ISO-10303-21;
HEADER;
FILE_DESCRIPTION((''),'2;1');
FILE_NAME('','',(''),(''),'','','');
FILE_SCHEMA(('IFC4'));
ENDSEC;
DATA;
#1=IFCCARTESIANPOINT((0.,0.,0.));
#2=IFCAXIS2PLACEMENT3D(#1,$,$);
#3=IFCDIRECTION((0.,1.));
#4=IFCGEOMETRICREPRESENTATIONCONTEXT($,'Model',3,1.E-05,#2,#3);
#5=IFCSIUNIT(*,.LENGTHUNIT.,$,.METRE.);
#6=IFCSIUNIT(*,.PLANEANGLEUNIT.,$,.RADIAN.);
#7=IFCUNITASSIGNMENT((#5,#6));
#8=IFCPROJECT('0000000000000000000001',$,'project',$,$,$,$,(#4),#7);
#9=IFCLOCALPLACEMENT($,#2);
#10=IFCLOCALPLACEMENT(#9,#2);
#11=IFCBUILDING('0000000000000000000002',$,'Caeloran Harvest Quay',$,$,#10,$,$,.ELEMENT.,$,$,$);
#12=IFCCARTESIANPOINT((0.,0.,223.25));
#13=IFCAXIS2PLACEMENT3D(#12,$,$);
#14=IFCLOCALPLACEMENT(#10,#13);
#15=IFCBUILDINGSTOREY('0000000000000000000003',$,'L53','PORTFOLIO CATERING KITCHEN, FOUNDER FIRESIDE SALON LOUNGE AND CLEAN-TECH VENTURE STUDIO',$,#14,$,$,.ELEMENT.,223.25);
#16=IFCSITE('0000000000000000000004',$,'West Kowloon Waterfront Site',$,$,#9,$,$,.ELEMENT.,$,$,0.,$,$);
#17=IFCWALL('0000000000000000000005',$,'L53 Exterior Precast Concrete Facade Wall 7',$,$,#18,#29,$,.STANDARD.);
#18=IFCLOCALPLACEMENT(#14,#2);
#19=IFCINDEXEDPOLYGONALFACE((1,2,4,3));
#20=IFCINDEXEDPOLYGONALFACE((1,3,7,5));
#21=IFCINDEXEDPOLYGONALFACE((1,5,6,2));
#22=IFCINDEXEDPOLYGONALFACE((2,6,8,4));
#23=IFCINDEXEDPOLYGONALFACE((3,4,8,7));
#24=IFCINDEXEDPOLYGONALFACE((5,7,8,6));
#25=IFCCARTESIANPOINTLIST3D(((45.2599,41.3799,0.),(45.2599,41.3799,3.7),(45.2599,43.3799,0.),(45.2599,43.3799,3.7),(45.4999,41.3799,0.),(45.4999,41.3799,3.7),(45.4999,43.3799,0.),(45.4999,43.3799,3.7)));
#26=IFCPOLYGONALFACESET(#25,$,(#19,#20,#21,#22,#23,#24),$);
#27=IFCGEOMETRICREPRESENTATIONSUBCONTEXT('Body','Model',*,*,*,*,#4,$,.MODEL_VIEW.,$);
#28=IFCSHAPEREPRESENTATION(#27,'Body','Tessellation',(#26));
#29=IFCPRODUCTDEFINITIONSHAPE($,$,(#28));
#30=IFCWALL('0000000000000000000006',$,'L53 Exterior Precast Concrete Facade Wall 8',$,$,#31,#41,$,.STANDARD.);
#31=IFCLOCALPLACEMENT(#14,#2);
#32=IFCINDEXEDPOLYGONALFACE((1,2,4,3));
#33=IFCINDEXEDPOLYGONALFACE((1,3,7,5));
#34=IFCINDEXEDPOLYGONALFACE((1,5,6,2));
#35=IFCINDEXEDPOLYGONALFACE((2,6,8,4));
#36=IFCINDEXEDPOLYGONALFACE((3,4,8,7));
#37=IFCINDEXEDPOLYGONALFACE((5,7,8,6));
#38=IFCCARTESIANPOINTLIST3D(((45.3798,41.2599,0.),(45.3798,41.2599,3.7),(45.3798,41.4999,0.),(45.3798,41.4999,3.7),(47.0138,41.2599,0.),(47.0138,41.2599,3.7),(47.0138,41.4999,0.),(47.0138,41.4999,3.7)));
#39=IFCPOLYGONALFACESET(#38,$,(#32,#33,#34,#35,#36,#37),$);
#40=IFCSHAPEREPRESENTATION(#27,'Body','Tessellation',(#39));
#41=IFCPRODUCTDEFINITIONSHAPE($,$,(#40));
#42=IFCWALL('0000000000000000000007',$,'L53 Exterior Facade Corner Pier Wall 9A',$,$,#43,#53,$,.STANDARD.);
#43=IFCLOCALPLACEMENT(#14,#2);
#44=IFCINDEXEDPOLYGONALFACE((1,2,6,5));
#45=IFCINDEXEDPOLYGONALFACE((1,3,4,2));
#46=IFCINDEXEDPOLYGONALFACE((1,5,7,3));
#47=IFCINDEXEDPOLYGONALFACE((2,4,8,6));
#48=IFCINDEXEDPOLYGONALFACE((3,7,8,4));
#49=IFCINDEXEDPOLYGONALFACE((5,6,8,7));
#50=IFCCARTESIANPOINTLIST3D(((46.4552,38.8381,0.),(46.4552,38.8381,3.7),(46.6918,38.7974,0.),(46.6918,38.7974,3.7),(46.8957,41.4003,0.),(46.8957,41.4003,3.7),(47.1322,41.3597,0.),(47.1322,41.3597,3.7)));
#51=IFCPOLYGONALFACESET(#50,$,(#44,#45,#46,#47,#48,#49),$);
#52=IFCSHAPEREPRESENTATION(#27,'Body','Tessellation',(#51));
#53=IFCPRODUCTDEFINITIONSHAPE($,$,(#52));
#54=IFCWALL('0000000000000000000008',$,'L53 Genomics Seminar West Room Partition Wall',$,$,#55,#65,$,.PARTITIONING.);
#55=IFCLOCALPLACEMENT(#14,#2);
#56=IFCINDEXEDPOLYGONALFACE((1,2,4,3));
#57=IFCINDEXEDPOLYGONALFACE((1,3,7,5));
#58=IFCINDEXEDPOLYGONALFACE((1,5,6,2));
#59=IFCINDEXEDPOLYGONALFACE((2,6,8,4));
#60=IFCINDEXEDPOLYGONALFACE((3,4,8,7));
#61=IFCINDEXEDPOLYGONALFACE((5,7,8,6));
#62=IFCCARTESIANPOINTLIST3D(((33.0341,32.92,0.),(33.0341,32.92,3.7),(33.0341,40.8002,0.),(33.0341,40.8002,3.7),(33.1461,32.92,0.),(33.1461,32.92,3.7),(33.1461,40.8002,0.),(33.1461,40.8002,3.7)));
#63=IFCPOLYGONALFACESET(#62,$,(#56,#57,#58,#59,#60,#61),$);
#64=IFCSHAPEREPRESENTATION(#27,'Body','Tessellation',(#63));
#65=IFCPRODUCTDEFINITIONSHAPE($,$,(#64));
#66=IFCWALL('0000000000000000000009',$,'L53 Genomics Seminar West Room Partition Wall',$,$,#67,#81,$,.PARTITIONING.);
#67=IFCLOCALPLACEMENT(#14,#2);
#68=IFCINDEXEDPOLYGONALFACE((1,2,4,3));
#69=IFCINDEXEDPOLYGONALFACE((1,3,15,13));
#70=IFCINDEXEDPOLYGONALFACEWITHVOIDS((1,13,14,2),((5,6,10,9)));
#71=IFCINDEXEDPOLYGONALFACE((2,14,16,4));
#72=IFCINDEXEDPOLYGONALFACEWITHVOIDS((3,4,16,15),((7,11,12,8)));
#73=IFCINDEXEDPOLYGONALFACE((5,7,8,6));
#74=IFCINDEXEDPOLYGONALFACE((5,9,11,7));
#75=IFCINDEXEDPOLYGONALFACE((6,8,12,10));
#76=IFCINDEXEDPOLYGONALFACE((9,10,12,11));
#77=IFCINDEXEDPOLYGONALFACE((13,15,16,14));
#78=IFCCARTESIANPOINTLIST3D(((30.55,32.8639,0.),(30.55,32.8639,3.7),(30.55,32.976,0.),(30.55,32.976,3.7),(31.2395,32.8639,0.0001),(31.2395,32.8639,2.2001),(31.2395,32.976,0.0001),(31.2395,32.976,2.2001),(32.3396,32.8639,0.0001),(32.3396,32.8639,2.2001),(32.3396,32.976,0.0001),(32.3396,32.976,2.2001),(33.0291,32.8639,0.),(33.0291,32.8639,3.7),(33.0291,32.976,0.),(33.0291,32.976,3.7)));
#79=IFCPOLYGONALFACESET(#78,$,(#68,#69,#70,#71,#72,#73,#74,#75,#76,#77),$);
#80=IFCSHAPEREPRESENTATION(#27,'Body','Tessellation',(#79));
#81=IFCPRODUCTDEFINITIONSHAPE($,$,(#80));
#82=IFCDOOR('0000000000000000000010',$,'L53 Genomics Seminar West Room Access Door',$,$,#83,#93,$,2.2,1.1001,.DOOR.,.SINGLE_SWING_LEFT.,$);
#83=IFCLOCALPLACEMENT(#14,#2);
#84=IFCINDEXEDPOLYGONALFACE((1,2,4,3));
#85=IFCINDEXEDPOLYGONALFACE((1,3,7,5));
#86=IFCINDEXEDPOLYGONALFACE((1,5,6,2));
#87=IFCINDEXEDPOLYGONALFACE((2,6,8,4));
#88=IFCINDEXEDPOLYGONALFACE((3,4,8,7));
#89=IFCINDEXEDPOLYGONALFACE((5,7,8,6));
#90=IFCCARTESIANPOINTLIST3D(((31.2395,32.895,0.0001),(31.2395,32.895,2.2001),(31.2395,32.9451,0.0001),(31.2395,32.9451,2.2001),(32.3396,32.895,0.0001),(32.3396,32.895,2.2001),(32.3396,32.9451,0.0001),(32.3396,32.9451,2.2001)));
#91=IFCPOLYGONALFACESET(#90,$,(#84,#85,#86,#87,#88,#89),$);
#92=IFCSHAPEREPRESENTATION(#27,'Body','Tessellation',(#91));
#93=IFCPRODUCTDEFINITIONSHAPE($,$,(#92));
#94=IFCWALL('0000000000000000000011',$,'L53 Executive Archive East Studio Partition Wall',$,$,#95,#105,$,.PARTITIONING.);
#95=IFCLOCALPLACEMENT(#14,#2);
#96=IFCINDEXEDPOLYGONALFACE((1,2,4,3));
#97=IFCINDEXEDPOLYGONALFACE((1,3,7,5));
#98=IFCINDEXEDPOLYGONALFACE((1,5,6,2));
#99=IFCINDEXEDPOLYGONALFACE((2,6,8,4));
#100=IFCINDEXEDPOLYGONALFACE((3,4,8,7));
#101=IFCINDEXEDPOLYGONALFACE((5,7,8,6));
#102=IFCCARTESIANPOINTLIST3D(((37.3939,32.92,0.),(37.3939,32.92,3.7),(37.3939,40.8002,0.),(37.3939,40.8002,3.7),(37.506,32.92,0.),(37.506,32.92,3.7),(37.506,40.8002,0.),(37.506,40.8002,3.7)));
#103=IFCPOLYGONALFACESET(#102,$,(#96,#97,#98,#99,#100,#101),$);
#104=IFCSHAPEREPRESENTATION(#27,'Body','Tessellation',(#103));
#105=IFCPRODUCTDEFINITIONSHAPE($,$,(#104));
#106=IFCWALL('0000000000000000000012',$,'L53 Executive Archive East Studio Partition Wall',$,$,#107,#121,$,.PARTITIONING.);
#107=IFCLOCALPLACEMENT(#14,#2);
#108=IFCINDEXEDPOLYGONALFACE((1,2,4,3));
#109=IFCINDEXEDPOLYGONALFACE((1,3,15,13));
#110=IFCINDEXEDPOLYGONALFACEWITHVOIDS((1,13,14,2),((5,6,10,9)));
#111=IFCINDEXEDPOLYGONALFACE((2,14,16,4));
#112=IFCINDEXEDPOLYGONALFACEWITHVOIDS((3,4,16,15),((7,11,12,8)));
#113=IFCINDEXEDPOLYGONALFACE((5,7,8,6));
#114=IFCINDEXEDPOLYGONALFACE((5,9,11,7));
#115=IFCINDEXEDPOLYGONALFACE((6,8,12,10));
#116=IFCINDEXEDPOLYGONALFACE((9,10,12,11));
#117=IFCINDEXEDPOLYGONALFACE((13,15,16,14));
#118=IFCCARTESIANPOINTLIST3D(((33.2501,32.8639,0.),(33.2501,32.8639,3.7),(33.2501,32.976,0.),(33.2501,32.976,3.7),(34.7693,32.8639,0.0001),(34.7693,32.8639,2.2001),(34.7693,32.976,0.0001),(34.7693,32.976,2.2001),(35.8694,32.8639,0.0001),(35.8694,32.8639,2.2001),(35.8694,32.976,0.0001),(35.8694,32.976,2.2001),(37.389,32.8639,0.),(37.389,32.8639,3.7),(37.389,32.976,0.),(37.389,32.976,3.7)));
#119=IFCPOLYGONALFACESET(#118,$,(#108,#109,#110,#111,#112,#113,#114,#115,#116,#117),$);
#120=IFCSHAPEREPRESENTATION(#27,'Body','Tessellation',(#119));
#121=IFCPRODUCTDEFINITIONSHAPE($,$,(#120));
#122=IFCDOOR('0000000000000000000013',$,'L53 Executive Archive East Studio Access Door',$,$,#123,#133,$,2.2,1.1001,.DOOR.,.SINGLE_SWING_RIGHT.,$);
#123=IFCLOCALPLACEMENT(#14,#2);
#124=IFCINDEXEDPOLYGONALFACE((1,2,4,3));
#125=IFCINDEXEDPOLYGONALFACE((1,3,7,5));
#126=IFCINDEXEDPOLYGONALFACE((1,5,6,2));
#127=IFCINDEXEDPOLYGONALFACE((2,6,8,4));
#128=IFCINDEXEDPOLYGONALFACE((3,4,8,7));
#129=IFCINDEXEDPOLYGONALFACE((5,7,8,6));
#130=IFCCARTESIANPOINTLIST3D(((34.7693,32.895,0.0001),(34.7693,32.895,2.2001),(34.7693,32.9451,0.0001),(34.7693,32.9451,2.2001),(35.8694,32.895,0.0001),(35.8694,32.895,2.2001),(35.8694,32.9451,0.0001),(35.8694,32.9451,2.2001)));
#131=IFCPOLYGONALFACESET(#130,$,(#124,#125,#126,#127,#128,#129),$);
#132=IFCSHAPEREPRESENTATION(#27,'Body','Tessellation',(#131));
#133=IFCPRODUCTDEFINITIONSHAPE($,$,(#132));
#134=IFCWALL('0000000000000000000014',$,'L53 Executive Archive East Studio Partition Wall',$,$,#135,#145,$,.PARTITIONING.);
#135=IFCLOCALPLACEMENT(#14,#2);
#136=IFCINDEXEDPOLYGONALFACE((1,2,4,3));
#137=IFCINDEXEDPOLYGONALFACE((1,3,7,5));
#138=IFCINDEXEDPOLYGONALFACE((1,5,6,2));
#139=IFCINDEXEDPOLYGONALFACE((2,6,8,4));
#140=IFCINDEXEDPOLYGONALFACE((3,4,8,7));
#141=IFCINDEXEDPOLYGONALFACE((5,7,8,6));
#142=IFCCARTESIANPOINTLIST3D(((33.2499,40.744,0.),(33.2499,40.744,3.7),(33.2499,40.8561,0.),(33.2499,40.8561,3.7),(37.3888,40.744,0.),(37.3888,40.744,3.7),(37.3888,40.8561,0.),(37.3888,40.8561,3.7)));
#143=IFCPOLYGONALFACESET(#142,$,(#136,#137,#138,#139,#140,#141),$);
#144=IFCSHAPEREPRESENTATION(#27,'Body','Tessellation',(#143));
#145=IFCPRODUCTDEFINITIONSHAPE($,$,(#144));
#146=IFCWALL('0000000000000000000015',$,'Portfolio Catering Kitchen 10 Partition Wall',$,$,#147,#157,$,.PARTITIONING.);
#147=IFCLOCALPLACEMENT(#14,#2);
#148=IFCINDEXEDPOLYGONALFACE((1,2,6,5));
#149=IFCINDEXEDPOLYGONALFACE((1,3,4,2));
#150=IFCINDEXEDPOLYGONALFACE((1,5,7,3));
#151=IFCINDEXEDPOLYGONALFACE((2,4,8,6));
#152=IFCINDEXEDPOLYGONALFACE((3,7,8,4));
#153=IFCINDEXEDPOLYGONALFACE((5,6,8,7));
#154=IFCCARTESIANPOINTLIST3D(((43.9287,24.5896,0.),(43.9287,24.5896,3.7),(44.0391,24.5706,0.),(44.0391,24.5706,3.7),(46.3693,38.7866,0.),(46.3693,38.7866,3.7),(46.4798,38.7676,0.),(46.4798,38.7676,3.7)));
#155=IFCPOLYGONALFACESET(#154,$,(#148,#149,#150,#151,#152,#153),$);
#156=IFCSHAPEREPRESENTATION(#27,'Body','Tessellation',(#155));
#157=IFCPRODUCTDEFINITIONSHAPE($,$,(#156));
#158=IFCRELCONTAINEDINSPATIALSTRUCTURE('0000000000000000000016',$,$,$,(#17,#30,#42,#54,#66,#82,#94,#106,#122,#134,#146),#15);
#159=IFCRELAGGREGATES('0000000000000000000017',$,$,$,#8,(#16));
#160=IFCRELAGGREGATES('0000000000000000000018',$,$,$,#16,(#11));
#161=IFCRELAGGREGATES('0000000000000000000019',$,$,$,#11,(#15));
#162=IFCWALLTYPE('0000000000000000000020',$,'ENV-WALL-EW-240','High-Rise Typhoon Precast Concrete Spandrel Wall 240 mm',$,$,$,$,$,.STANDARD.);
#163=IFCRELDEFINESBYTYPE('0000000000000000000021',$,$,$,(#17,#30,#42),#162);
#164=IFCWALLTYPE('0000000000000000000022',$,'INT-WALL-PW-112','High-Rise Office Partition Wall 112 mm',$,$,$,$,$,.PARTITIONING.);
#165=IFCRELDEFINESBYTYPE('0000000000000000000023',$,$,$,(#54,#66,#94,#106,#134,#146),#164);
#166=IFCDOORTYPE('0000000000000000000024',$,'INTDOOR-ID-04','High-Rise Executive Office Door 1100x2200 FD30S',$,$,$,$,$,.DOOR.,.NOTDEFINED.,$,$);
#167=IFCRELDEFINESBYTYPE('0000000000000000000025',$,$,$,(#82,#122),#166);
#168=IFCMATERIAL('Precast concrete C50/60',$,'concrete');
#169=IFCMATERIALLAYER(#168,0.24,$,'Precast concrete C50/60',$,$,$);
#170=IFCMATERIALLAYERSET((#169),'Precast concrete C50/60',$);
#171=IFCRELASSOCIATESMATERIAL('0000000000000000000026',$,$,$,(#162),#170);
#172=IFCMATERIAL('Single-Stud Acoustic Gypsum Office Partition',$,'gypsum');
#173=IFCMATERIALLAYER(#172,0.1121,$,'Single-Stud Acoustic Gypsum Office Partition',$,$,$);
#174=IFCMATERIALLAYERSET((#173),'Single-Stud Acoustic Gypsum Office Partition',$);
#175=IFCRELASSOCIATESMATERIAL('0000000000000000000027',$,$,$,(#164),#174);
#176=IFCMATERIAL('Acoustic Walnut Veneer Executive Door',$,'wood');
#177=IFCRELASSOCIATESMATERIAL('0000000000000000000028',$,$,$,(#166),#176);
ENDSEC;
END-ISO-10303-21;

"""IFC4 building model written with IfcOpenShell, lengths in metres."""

from ifc_helpers import new_model, si_unit, direction, frame, frame_2d, origin, place, context, subcontext, project, spatial, rectangle, extrude, material, layer, layer_set, type_object, element, fill, save


model = new_model("IFC4")

# Units and contexts
model_context = context("Model", 3, precision=1e-05, world=origin(), true_north=direction((0.0, 1.0)))
body_context = subcontext(model_context, "Body", "Model", "MODEL_VIEW")
ifc_project = project(units=[si_unit("LENGTHUNIT", "METRE"), si_unit("PLANEANGLEUNIT", "RADIAN")], contexts=[model_context])

# Site, building, storey
site_placement = place(None, origin())
site = spatial("IfcSite", under=ifc_project, at=site_placement, Name="West Kowloon Waterfront Site", CompositionType="ELEMENT", RefElevation=0.0)
building_placement = place(site_placement, origin())
building = spatial("IfcBuilding", under=site, at=building_placement, Name="Caeloran Harvest Quay", CompositionType="ELEMENT")
storey_placement = place(building_placement, frame((0.0, 0.0, 223.25)))
storey = spatial("IfcBuildingStorey", under=building, at=storey_placement, Name="L53", Description="PORTFOLIO CATERING KITCHEN, FOUNDER FIRESIDE SALON LOUNGE AND CLEAN-TECH VENTURE STUDIO", CompositionType="ELEMENT", Elevation=223.25)

# Walls
ifc_material_1 = material(Name="Precast concrete C50/60", Category="concrete")
ifc_layer_1 = layer(ifc_material_1, 0.24, Name="Precast concrete C50/60")
ifc_layer_set_1 = layer_set([ifc_layer_1], Name="Precast concrete C50/60")
wall_type_1 = type_object("IfcWallType", Name="ENV-WALL-EW-240", Description="High-Rise Typhoon Precast Concrete Spandrel Wall 240 mm", PredefinedType="STANDARD", material=ifc_layer_set_1)
wall_1_placement = place(storey_placement, frame((45.3799, 43.3799, 0.0), z_axis=(0.0, 0.0, 1.0), x_axis=(0.0, -1.0, 0.0)))
element("IfcWall", 1, at=wall_1_placement, inside=storey, type_object=wall_type_1, Name="L53 Exterior Precast Concrete Facade Wall 7", PredefinedType="STANDARD", context=body_context, shape_type="SweptSolid", body=[
    extrude(rectangle(XDim=2.0, YDim=0.24, at=frame_2d((1.0, 0.0))), origin(), (0.0, 0.0, 1.0), 3.7),
])
wall_2_placement = place(storey_placement, frame((45.3799, 41.3799, 0.0), z_axis=(0.0, 0.0, 1.0), x_axis=(1.0, 0.0, 0.0)))
element("IfcWall", 2, at=wall_2_placement, inside=storey, type_object=wall_type_1, Name="L53 Exterior Precast Concrete Facade Wall 8", PredefinedType="STANDARD", context=body_context, shape_type="SweptSolid", body=[
    extrude(rectangle(XDim=1.634, YDim=0.24, at=frame_2d((0.8169, 0.0))), origin(), (0.0, 0.0, 1.0), 3.7),
])
wall_3_placement = place(storey_placement, frame((47.0139, 41.3799, 0.0), z_axis=(0.0, 0.0, 1.0), x_axis=(-0.169407, -0.985546, 0.0)))
element("IfcWall", 3, at=wall_3_placement, inside=storey, type_object=wall_type_1, Name="L53 Exterior Facade Corner Pier Wall 9A", PredefinedType="STANDARD", context=body_context, shape_type="SweptSolid", body=[
    extrude(rectangle(XDim=2.5999, YDim=0.24, at=frame_2d((1.2998, 0.0))), origin(), (0.0, 0.0, 1.0), 3.7),
])
ifc_material_2 = material(Name="Single-Stud Acoustic Gypsum Office Partition", Category="gypsum")
ifc_layer_2 = layer(ifc_material_2, 0.1121, Name="Single-Stud Acoustic Gypsum Office Partition")
ifc_layer_set_2 = layer_set([ifc_layer_2], Name="Single-Stud Acoustic Gypsum Office Partition")
wall_type_2 = type_object("IfcWallType", Name="INT-WALL-PW-112", Description="High-Rise Office Partition Wall 112 mm", PredefinedType="PARTITIONING", material=ifc_layer_set_2)
wall_4_placement = place(storey_placement, frame((33.0901, 40.8, 0.0), z_axis=(0.0, 0.0, 1.0), x_axis=(0.0, -1.0, 0.0)))
element("IfcWall", 4, at=wall_4_placement, inside=storey, type_object=wall_type_2, Name="L53 Genomics Seminar West Room Partition Wall", PredefinedType="PARTITIONING", context=body_context, shape_type="SweptSolid", body=[
    extrude(rectangle(XDim=7.8801, YDim=0.1121, at=frame_2d((3.9399, 0.0))), origin(), (0.0, 0.0, 1.0), 3.7),
])

# Wall, opening, door
wall_5_placement = place(storey_placement, frame((33.0291, 32.9199, 0.0), z_axis=(0.0, 0.0, 1.0), x_axis=(-1.0, 0.0, 0.0)))
wall_5 = element("IfcWall", 5, at=wall_5_placement, inside=storey, type_object=wall_type_2, Name="L53 Genomics Seminar West Room Partition Wall", PredefinedType="PARTITIONING", context=body_context, shape_type="SweptSolid", body=[
    extrude(rectangle(XDim=2.479, YDim=0.1121, at=frame_2d((1.2395, 0.0))), origin(), (0.0, 0.0, 1.0), 3.7),
])
opening_1_placement = place(wall_5_placement, frame((0.6895, 0.0, 0.0)))
opening_1 = element("IfcOpeningElement", 6, at=opening_1_placement, cuts=wall_5, PredefinedType="OPENING", context=body_context, shape_type="SweptSolid", body=[
    extrude(rectangle(XDim=1.1001, YDim=2.2, at=frame_2d((0.55, 1.1001))), frame((0.0, 0.0659, 0.0), z_axis=(0.0, -1.0, 0.0), x_axis=(1.0, 0.0, 0.0)), (0.0, 0.0, 1.0), 0.1321),
])
ifc_material_3 = material(Name="Acoustic Walnut Veneer Executive Door", Category="wood")
door_type = type_object("IfcDoorType", Name="INTDOOR-ID-04", Description="High-Rise Executive Office Door 1100x2200 FD30S", OperationType="NOTDEFINED", PredefinedType="DOOR", material=ifc_material_3)
door_1_placement = place(opening_1_placement, origin())
door_1 = element("IfcDoor", 7, at=door_1_placement, inside=storey, type_object=door_type, Name="L53 Genomics Seminar West Room Access Door", OperationType="SINGLE_SWING_LEFT", OverallHeight=2.2, OverallWidth=1.1001, PredefinedType="DOOR", context=body_context, shape_type="SweptSolid", body=[
    extrude(rectangle(XDim=1.1001, YDim=2.2, at=frame_2d((0.55, 1.1001))), frame((0.0, 0.0249, 0.0), z_axis=(0.0, -1.0, 0.0), x_axis=(1.0, 0.0, 0.0)), (0.0, 0.0, 1.0), 0.05),
])
fill(opening_1, door_1)

# Wall
wall_6_placement = place(storey_placement, frame((37.45, 40.8, 0.0), z_axis=(0.0, 0.0, 1.0), x_axis=(0.0, -1.0, 0.0)))
element("IfcWall", 8, at=wall_6_placement, inside=storey, type_object=wall_type_2, Name="L53 Executive Archive East Studio Partition Wall", PredefinedType="PARTITIONING", context=body_context, shape_type="SweptSolid", body=[
    extrude(rectangle(XDim=7.8801, YDim=0.1121, at=frame_2d((3.9399, 0.0))), origin(), (0.0, 0.0, 1.0), 3.7),
])

# Wall, opening, door
wall_7_placement = place(storey_placement, frame((37.3889, 32.9199, 0.0), z_axis=(0.0, 0.0, 1.0), x_axis=(-1.0, 0.0, 0.0)))
wall_7 = element("IfcWall", 9, at=wall_7_placement, inside=storey, type_object=wall_type_2, Name="L53 Executive Archive East Studio Partition Wall", PredefinedType="PARTITIONING", context=body_context, shape_type="SweptSolid", body=[
    extrude(rectangle(XDim=4.1389, YDim=0.1121, at=frame_2d((2.0693, 0.0))), origin(), (0.0, 0.0, 1.0), 3.7),
])
opening_2_placement = place(wall_7_placement, frame((1.5195, 0.0, 0.0)))
opening_2 = element("IfcOpeningElement", 10, at=opening_2_placement, cuts=wall_7, PredefinedType="OPENING", context=body_context, shape_type="SweptSolid", body=[
    extrude(rectangle(XDim=1.1001, YDim=2.2, at=frame_2d((0.55, 1.1001))), frame((0.0, 0.0659, 0.0), z_axis=(0.0, -1.0, 0.0), x_axis=(1.0, 0.0, 0.0)), (0.0, 0.0, 1.0), 0.1321),
])
door_2_placement = place(opening_2_placement, origin())
door_2 = element("IfcDoor", 11, at=door_2_placement, inside=storey, type_object=door_type, Name="L53 Executive Archive East Studio Access Door", OperationType="SINGLE_SWING_RIGHT", OverallHeight=2.2, OverallWidth=1.1001, PredefinedType="DOOR", context=body_context, shape_type="SweptSolid", body=[
    extrude(rectangle(XDim=1.1001, YDim=2.2, at=frame_2d((0.55, 1.1001))), frame((0.0, 0.0249, 0.0), z_axis=(0.0, -1.0, 0.0), x_axis=(1.0, 0.0, 0.0)), (0.0, 0.0, 1.0), 0.05),
])
fill(opening_2, door_2)

# Walls
wall_8_placement = place(storey_placement, frame((33.25, 40.8, 0.0), z_axis=(0.0, 0.0, 1.0), x_axis=(1.0, 0.0, 0.0)))
element("IfcWall", 12, at=wall_8_placement, inside=storey, type_object=wall_type_2, Name="L53 Executive Archive East Studio Partition Wall", PredefinedType="PARTITIONING", context=body_context, shape_type="SweptSolid", body=[
    extrude(rectangle(XDim=4.1389, YDim=0.1121, at=frame_2d((2.0693, 0.0))), origin(), (0.0, 0.0, 1.0), 3.7),
])
wall_9_placement = place(storey_placement, frame((46.4246, 38.7771, 0.0), z_axis=(0.0, 0.0, 1.0), x_axis=(-0.169429, -0.985542, 0.0)))
element("IfcWall", 13, at=wall_9_placement, inside=storey, type_object=wall_type_2, Name="Portfolio Catering Kitchen 10 Partition Wall", PredefinedType="PARTITIONING", context=body_context, shape_type="SweptSolid", body=[
    extrude(rectangle(XDim=14.4053, YDim=0.1121, at=frame_2d((7.2026, 0.0))), origin(), (0.0, 0.0, 1.0), 3.7),
])

save(model, "model.ifc")
